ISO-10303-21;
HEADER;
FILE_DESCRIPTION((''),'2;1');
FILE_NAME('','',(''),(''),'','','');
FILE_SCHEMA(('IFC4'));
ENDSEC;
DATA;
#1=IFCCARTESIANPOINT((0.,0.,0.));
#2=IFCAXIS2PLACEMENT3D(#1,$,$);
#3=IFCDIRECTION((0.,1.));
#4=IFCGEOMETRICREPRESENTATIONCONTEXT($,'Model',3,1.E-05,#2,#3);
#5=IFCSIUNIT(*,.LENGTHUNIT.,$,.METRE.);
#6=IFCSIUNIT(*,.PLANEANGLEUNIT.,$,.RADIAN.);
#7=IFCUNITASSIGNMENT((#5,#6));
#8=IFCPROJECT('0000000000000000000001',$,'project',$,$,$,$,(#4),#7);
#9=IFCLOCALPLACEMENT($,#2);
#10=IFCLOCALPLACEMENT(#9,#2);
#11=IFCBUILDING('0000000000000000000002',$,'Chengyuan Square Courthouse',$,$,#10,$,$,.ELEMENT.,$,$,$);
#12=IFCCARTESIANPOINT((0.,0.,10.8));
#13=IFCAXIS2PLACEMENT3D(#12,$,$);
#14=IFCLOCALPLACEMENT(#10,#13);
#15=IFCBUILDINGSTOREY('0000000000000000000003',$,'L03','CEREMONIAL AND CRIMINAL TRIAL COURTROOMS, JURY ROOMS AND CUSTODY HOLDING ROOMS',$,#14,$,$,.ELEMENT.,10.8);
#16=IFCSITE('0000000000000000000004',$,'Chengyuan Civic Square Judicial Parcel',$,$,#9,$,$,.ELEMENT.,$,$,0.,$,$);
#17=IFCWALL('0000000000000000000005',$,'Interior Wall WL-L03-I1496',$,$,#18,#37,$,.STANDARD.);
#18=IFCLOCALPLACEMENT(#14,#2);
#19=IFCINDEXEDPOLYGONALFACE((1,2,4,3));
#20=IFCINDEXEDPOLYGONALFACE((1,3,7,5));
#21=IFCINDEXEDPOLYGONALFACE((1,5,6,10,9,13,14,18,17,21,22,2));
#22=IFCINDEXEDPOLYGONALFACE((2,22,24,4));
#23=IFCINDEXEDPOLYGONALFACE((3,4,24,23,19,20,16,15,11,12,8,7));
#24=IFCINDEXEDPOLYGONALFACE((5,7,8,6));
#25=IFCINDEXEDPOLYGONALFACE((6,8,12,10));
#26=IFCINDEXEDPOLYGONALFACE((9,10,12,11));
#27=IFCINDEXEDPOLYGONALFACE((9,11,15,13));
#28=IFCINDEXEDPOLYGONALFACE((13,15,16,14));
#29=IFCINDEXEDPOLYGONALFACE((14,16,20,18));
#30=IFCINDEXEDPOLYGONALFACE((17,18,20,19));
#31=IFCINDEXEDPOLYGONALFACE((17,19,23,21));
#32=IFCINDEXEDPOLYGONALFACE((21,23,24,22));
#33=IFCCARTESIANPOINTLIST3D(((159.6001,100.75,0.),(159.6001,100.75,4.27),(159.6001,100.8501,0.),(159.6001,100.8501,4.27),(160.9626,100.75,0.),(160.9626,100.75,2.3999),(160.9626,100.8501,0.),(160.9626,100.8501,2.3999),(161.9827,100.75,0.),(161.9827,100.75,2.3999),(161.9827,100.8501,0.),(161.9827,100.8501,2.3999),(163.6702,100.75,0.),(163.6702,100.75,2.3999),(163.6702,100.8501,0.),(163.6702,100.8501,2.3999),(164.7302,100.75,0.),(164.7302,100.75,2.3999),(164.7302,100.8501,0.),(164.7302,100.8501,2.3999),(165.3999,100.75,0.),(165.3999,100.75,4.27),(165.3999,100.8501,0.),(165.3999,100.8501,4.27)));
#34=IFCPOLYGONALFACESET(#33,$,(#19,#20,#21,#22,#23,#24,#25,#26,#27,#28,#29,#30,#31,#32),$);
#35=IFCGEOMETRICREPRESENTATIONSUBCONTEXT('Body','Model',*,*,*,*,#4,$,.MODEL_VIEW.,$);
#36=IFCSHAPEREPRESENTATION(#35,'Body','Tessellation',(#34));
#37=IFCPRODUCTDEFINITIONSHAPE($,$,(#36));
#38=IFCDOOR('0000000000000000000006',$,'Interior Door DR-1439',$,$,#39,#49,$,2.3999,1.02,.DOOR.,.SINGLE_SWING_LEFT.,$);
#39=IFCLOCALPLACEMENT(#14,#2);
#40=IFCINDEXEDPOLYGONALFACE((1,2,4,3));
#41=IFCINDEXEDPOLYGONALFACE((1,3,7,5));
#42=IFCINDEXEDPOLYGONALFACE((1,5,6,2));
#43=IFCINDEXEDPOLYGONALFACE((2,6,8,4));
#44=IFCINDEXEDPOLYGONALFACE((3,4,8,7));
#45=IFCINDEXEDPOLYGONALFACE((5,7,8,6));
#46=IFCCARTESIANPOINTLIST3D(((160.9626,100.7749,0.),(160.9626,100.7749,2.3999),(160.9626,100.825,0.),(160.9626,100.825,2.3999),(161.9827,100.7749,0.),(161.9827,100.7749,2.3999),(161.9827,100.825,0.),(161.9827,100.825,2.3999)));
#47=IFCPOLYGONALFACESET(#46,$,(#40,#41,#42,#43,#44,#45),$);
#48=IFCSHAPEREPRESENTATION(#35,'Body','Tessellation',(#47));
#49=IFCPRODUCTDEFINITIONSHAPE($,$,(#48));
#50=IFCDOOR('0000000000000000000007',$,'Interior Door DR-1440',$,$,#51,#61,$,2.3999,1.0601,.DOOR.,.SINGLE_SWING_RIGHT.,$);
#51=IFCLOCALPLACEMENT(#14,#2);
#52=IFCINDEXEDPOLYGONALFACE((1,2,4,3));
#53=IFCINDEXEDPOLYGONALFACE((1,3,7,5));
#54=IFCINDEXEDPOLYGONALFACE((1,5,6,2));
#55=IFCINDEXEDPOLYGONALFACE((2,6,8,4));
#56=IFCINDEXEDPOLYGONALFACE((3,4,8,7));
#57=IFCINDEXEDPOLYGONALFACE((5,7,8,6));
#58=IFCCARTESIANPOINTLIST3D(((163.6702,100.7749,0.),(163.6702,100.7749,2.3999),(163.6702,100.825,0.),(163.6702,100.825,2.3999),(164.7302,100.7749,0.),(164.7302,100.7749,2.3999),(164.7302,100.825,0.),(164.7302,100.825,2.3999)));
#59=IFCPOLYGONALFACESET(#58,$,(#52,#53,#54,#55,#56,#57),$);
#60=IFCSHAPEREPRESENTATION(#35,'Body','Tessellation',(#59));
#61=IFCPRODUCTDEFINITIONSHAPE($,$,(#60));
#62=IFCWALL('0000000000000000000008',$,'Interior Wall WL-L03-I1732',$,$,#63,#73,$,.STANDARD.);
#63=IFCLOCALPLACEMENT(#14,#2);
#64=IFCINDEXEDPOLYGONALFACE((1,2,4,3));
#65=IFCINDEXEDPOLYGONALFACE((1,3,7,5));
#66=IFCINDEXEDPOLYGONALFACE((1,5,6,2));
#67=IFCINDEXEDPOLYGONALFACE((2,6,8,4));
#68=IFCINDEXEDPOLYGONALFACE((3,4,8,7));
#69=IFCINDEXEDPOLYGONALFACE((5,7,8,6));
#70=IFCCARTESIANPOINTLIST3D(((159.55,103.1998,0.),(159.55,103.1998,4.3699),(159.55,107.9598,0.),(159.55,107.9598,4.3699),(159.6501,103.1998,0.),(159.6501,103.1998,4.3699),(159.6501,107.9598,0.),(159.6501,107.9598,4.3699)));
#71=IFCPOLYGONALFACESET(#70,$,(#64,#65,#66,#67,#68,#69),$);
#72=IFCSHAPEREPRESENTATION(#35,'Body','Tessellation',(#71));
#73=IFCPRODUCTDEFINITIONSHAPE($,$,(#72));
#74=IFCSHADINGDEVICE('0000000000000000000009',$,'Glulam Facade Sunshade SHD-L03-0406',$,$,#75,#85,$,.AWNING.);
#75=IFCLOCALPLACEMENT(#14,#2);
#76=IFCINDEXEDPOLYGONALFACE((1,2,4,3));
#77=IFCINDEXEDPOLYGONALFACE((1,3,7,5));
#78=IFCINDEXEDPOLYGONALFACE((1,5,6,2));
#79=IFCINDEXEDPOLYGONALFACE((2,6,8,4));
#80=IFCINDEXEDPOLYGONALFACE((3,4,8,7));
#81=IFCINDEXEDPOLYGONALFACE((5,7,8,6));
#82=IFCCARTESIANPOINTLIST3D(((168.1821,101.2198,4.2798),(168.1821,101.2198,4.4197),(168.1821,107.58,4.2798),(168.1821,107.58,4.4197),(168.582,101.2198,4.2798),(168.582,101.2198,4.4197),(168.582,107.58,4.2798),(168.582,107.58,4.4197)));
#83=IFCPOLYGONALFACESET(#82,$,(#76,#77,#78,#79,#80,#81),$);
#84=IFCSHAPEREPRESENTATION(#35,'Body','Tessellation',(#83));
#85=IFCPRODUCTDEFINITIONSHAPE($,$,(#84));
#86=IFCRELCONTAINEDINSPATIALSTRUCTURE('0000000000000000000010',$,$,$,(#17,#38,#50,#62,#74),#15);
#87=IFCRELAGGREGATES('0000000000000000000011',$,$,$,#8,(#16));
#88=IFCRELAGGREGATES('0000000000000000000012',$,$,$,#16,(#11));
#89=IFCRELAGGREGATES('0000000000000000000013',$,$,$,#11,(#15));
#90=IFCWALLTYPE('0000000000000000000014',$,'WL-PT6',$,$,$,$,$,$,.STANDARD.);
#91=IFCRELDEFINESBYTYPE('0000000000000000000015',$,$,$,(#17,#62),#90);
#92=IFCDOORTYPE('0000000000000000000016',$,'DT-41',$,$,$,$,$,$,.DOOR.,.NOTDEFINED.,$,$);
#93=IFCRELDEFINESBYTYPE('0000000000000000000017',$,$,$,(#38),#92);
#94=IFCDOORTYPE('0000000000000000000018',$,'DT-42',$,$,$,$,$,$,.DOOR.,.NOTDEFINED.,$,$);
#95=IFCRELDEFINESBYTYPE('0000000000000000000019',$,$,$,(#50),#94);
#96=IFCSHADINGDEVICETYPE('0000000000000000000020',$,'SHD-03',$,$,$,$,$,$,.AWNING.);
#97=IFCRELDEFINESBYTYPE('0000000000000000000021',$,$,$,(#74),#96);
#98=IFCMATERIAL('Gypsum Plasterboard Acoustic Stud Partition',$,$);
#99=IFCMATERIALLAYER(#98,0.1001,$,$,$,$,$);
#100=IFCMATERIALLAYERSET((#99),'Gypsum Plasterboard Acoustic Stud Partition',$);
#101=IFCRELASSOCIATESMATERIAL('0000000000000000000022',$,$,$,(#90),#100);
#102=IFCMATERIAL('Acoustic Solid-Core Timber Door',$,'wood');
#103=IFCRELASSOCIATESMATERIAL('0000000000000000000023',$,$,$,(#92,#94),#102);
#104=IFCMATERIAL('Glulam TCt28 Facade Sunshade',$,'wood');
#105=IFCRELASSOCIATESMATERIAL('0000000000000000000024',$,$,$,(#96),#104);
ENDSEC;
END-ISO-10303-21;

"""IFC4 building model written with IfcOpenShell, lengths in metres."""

from ifc_helpers import new_model, si_unit, direction, frame, frame_2d, origin, origin_2d, place, context, subcontext, project, spatial, rectangle, extrude, material, layer, layer_set, type_object, element, fill, save


model = new_model("IFC4")

# Units and contexts
model_context = context("Model", 3, precision=1e-05, world=origin(), true_north=direction((0.0, 1.0)))
body_context = subcontext(model_context, "Body", "Model", "MODEL_VIEW")
ifc_project = project(units=[si_unit("LENGTHUNIT", "METRE"), si_unit("PLANEANGLEUNIT", "RADIAN")], contexts=[model_context])

# Site, building, storey
site_placement = place(None, origin())
site = spatial("IfcSite", under=ifc_project, at=site_placement, Name="Chengyuan Civic Square Judicial Parcel", CompositionType="ELEMENT", RefElevation=0.0)
building_placement = place(site_placement, origin())
building = spatial("IfcBuilding", under=site, at=building_placement, Name="Chengyuan Square Courthouse", CompositionType="ELEMENT")
storey_placement = place(building_placement, frame((0.0, 0.0, 10.8)))
storey = spatial("IfcBuildingStorey", under=building, at=storey_placement, Name="L03", Description="CEREMONIAL AND CRIMINAL TRIAL COURTROOMS, JURY ROOMS AND CUSTODY HOLDING ROOMS", CompositionType="ELEMENT", Elevation=10.8)

# Shared definitions
ifc_material_1 = material(Name="Acoustic Solid-Core Timber Door", Category="wood")

# Wall, openings, doors
ifc_material_2 = material(Name="Gypsum Plasterboard Acoustic Stud Partition")
ifc_layer_1 = layer(ifc_material_2, 0.1001)
ifc_layer_set_1 = layer_set([ifc_layer_1], Name="Gypsum Plasterboard Acoustic Stud Partition")
wall_type_1 = type_object("IfcWallType", Name="WL-PT6", PredefinedType="STANDARD", material=ifc_layer_set_1)
wall_1_placement = place(storey_placement, frame((159.6001, 100.8, 0.0), z_axis=(0.0, 0.0, 1.0), x_axis=(1.0, 0.0, 0.0)))
wall_1 = element("IfcWall", 1, at=wall_1_placement, inside=storey, type_object=wall_type_1, Name="Interior Wall WL-L03-I1496", PredefinedType="STANDARD", context=body_context, shape_type="SweptSolid", body=[
    extrude(rectangle(XDim=5.7998, YDim=0.1001, at=frame_2d((2.8999, 0.0))), origin(), (0.0, 0.0, 1.0), 4.27),
])
opening_1_placement = place(wall_1_placement, frame((1.3625, 0.0, 0.0)))
opening_1 = element("IfcOpeningElement", 2, at=opening_1_placement, cuts=wall_1, PredefinedType="OPENING", context=body_context, shape_type="SweptSolid", body=[
    extrude(rectangle(XDim=1.02, YDim=2.3999, at=frame_2d((0.51, 1.2))), frame((0.0, 0.062, 0.0), z_axis=(0.0, -1.0, 0.0), x_axis=(1.0, 0.0, 0.0)), (0.0, 0.0, 1.0), 0.124),
])
opening_2_placement = place(wall_1_placement, frame((4.0701, 0.0, 0.0)))
opening_2 = element("IfcOpeningElement", 3, at=opening_2_placement, cuts=wall_1, PredefinedType="OPENING", context=body_context, shape_type="SweptSolid", body=[
    extrude(rectangle(XDim=1.0601, YDim=2.3999, at=frame_2d((0.53, 1.2))), frame((0.0, 0.062, 0.0), z_axis=(0.0, -1.0, 0.0), x_axis=(1.0, 0.0, 0.0)), (0.0, 0.0, 1.0), 0.124),
])
door_type_1 = type_object("IfcDoorType", Name="DT-41", OperationType="NOTDEFINED", PredefinedType="DOOR", material=ifc_material_1)
door_1_placement = place(opening_1_placement, origin())
door_1 = element("IfcDoor", 4, at=door_1_placement, inside=storey, type_object=door_type_1, Name="Interior Door DR-1439", OperationType="SINGLE_SWING_LEFT", OverallHeight=2.3999, OverallWidth=1.02, PredefinedType="DOOR", context=body_context, shape_type="SweptSolid", body=[
    extrude(rectangle(XDim=1.02, YDim=2.3999, at=frame_2d((0.51, 1.2))), frame((0.0, 0.0249, 0.0), z_axis=(0.0, -1.0, 0.0), x_axis=(1.0, 0.0, 0.0)), (0.0, 0.0, 1.0), 0.05),
])
fill(opening_1, door_1)
door_type_2 = type_object("IfcDoorType", Name="DT-42", OperationType="NOTDEFINED", PredefinedType="DOOR", material=ifc_material_1)
door_2_placement = place(opening_2_placement, origin())
door_2 = element("IfcDoor", 5, at=door_2_placement, inside=storey, type_object=door_type_2, Name="Interior Door DR-1440", OperationType="SINGLE_SWING_RIGHT", OverallHeight=2.3999, OverallWidth=1.0601, PredefinedType="DOOR", context=body_context, shape_type="SweptSolid", body=[
    extrude(rectangle(XDim=1.0601, YDim=2.3999, at=frame_2d((0.53, 1.2))), frame((0.0, 0.0249, 0.0), z_axis=(0.0, -1.0, 0.0), x_axis=(1.0, 0.0, 0.0)), (0.0, 0.0, 1.0), 0.05),
])
fill(opening_2, door_2)

# Wall
wall_2_placement = place(storey_placement, frame((159.6001, 103.2, 0.0), z_axis=(0.0, 0.0, 1.0), x_axis=(0.0, 1.0, 0.0)))
element("IfcWall", 6, at=wall_2_placement, inside=storey, type_object=wall_type_1, Name="Interior Wall WL-L03-I1732", PredefinedType="STANDARD", context=body_context, shape_type="SweptSolid", body=[
    extrude(rectangle(XDim=4.76, YDim=0.1001, at=frame_2d((2.3799, 0.0))), origin(), (0.0, 0.0, 1.0), 4.3699),
])

# Shading device
ifc_material_3 = material(Name="Glulam TCt28 Facade Sunshade", Category="wood")
shading_device_type = type_object("IfcShadingDeviceType", Name="SHD-03", PredefinedType="AWNING", material=ifc_material_3)
shading_device_placement = place(storey_placement, frame((168.3821, 104.3999, 4.2798), z_axis=(0.0, 0.0, 1.0), x_axis=(0.0, 1.0, 0.0)))
element("IfcShadingDevice", 7, at=shading_device_placement, inside=storey, type_object=shading_device_type, Name="Glulam Facade Sunshade SHD-L03-0406", PredefinedType="AWNING", context=body_context, shape_type="SweptSolid", body=[
    extrude(rectangle(XDim=6.3601, YDim=0.3999, at=origin_2d()), origin(), (0.0, 0.0, 1.0), 0.1399),
])

save(model, "model.ifc")
